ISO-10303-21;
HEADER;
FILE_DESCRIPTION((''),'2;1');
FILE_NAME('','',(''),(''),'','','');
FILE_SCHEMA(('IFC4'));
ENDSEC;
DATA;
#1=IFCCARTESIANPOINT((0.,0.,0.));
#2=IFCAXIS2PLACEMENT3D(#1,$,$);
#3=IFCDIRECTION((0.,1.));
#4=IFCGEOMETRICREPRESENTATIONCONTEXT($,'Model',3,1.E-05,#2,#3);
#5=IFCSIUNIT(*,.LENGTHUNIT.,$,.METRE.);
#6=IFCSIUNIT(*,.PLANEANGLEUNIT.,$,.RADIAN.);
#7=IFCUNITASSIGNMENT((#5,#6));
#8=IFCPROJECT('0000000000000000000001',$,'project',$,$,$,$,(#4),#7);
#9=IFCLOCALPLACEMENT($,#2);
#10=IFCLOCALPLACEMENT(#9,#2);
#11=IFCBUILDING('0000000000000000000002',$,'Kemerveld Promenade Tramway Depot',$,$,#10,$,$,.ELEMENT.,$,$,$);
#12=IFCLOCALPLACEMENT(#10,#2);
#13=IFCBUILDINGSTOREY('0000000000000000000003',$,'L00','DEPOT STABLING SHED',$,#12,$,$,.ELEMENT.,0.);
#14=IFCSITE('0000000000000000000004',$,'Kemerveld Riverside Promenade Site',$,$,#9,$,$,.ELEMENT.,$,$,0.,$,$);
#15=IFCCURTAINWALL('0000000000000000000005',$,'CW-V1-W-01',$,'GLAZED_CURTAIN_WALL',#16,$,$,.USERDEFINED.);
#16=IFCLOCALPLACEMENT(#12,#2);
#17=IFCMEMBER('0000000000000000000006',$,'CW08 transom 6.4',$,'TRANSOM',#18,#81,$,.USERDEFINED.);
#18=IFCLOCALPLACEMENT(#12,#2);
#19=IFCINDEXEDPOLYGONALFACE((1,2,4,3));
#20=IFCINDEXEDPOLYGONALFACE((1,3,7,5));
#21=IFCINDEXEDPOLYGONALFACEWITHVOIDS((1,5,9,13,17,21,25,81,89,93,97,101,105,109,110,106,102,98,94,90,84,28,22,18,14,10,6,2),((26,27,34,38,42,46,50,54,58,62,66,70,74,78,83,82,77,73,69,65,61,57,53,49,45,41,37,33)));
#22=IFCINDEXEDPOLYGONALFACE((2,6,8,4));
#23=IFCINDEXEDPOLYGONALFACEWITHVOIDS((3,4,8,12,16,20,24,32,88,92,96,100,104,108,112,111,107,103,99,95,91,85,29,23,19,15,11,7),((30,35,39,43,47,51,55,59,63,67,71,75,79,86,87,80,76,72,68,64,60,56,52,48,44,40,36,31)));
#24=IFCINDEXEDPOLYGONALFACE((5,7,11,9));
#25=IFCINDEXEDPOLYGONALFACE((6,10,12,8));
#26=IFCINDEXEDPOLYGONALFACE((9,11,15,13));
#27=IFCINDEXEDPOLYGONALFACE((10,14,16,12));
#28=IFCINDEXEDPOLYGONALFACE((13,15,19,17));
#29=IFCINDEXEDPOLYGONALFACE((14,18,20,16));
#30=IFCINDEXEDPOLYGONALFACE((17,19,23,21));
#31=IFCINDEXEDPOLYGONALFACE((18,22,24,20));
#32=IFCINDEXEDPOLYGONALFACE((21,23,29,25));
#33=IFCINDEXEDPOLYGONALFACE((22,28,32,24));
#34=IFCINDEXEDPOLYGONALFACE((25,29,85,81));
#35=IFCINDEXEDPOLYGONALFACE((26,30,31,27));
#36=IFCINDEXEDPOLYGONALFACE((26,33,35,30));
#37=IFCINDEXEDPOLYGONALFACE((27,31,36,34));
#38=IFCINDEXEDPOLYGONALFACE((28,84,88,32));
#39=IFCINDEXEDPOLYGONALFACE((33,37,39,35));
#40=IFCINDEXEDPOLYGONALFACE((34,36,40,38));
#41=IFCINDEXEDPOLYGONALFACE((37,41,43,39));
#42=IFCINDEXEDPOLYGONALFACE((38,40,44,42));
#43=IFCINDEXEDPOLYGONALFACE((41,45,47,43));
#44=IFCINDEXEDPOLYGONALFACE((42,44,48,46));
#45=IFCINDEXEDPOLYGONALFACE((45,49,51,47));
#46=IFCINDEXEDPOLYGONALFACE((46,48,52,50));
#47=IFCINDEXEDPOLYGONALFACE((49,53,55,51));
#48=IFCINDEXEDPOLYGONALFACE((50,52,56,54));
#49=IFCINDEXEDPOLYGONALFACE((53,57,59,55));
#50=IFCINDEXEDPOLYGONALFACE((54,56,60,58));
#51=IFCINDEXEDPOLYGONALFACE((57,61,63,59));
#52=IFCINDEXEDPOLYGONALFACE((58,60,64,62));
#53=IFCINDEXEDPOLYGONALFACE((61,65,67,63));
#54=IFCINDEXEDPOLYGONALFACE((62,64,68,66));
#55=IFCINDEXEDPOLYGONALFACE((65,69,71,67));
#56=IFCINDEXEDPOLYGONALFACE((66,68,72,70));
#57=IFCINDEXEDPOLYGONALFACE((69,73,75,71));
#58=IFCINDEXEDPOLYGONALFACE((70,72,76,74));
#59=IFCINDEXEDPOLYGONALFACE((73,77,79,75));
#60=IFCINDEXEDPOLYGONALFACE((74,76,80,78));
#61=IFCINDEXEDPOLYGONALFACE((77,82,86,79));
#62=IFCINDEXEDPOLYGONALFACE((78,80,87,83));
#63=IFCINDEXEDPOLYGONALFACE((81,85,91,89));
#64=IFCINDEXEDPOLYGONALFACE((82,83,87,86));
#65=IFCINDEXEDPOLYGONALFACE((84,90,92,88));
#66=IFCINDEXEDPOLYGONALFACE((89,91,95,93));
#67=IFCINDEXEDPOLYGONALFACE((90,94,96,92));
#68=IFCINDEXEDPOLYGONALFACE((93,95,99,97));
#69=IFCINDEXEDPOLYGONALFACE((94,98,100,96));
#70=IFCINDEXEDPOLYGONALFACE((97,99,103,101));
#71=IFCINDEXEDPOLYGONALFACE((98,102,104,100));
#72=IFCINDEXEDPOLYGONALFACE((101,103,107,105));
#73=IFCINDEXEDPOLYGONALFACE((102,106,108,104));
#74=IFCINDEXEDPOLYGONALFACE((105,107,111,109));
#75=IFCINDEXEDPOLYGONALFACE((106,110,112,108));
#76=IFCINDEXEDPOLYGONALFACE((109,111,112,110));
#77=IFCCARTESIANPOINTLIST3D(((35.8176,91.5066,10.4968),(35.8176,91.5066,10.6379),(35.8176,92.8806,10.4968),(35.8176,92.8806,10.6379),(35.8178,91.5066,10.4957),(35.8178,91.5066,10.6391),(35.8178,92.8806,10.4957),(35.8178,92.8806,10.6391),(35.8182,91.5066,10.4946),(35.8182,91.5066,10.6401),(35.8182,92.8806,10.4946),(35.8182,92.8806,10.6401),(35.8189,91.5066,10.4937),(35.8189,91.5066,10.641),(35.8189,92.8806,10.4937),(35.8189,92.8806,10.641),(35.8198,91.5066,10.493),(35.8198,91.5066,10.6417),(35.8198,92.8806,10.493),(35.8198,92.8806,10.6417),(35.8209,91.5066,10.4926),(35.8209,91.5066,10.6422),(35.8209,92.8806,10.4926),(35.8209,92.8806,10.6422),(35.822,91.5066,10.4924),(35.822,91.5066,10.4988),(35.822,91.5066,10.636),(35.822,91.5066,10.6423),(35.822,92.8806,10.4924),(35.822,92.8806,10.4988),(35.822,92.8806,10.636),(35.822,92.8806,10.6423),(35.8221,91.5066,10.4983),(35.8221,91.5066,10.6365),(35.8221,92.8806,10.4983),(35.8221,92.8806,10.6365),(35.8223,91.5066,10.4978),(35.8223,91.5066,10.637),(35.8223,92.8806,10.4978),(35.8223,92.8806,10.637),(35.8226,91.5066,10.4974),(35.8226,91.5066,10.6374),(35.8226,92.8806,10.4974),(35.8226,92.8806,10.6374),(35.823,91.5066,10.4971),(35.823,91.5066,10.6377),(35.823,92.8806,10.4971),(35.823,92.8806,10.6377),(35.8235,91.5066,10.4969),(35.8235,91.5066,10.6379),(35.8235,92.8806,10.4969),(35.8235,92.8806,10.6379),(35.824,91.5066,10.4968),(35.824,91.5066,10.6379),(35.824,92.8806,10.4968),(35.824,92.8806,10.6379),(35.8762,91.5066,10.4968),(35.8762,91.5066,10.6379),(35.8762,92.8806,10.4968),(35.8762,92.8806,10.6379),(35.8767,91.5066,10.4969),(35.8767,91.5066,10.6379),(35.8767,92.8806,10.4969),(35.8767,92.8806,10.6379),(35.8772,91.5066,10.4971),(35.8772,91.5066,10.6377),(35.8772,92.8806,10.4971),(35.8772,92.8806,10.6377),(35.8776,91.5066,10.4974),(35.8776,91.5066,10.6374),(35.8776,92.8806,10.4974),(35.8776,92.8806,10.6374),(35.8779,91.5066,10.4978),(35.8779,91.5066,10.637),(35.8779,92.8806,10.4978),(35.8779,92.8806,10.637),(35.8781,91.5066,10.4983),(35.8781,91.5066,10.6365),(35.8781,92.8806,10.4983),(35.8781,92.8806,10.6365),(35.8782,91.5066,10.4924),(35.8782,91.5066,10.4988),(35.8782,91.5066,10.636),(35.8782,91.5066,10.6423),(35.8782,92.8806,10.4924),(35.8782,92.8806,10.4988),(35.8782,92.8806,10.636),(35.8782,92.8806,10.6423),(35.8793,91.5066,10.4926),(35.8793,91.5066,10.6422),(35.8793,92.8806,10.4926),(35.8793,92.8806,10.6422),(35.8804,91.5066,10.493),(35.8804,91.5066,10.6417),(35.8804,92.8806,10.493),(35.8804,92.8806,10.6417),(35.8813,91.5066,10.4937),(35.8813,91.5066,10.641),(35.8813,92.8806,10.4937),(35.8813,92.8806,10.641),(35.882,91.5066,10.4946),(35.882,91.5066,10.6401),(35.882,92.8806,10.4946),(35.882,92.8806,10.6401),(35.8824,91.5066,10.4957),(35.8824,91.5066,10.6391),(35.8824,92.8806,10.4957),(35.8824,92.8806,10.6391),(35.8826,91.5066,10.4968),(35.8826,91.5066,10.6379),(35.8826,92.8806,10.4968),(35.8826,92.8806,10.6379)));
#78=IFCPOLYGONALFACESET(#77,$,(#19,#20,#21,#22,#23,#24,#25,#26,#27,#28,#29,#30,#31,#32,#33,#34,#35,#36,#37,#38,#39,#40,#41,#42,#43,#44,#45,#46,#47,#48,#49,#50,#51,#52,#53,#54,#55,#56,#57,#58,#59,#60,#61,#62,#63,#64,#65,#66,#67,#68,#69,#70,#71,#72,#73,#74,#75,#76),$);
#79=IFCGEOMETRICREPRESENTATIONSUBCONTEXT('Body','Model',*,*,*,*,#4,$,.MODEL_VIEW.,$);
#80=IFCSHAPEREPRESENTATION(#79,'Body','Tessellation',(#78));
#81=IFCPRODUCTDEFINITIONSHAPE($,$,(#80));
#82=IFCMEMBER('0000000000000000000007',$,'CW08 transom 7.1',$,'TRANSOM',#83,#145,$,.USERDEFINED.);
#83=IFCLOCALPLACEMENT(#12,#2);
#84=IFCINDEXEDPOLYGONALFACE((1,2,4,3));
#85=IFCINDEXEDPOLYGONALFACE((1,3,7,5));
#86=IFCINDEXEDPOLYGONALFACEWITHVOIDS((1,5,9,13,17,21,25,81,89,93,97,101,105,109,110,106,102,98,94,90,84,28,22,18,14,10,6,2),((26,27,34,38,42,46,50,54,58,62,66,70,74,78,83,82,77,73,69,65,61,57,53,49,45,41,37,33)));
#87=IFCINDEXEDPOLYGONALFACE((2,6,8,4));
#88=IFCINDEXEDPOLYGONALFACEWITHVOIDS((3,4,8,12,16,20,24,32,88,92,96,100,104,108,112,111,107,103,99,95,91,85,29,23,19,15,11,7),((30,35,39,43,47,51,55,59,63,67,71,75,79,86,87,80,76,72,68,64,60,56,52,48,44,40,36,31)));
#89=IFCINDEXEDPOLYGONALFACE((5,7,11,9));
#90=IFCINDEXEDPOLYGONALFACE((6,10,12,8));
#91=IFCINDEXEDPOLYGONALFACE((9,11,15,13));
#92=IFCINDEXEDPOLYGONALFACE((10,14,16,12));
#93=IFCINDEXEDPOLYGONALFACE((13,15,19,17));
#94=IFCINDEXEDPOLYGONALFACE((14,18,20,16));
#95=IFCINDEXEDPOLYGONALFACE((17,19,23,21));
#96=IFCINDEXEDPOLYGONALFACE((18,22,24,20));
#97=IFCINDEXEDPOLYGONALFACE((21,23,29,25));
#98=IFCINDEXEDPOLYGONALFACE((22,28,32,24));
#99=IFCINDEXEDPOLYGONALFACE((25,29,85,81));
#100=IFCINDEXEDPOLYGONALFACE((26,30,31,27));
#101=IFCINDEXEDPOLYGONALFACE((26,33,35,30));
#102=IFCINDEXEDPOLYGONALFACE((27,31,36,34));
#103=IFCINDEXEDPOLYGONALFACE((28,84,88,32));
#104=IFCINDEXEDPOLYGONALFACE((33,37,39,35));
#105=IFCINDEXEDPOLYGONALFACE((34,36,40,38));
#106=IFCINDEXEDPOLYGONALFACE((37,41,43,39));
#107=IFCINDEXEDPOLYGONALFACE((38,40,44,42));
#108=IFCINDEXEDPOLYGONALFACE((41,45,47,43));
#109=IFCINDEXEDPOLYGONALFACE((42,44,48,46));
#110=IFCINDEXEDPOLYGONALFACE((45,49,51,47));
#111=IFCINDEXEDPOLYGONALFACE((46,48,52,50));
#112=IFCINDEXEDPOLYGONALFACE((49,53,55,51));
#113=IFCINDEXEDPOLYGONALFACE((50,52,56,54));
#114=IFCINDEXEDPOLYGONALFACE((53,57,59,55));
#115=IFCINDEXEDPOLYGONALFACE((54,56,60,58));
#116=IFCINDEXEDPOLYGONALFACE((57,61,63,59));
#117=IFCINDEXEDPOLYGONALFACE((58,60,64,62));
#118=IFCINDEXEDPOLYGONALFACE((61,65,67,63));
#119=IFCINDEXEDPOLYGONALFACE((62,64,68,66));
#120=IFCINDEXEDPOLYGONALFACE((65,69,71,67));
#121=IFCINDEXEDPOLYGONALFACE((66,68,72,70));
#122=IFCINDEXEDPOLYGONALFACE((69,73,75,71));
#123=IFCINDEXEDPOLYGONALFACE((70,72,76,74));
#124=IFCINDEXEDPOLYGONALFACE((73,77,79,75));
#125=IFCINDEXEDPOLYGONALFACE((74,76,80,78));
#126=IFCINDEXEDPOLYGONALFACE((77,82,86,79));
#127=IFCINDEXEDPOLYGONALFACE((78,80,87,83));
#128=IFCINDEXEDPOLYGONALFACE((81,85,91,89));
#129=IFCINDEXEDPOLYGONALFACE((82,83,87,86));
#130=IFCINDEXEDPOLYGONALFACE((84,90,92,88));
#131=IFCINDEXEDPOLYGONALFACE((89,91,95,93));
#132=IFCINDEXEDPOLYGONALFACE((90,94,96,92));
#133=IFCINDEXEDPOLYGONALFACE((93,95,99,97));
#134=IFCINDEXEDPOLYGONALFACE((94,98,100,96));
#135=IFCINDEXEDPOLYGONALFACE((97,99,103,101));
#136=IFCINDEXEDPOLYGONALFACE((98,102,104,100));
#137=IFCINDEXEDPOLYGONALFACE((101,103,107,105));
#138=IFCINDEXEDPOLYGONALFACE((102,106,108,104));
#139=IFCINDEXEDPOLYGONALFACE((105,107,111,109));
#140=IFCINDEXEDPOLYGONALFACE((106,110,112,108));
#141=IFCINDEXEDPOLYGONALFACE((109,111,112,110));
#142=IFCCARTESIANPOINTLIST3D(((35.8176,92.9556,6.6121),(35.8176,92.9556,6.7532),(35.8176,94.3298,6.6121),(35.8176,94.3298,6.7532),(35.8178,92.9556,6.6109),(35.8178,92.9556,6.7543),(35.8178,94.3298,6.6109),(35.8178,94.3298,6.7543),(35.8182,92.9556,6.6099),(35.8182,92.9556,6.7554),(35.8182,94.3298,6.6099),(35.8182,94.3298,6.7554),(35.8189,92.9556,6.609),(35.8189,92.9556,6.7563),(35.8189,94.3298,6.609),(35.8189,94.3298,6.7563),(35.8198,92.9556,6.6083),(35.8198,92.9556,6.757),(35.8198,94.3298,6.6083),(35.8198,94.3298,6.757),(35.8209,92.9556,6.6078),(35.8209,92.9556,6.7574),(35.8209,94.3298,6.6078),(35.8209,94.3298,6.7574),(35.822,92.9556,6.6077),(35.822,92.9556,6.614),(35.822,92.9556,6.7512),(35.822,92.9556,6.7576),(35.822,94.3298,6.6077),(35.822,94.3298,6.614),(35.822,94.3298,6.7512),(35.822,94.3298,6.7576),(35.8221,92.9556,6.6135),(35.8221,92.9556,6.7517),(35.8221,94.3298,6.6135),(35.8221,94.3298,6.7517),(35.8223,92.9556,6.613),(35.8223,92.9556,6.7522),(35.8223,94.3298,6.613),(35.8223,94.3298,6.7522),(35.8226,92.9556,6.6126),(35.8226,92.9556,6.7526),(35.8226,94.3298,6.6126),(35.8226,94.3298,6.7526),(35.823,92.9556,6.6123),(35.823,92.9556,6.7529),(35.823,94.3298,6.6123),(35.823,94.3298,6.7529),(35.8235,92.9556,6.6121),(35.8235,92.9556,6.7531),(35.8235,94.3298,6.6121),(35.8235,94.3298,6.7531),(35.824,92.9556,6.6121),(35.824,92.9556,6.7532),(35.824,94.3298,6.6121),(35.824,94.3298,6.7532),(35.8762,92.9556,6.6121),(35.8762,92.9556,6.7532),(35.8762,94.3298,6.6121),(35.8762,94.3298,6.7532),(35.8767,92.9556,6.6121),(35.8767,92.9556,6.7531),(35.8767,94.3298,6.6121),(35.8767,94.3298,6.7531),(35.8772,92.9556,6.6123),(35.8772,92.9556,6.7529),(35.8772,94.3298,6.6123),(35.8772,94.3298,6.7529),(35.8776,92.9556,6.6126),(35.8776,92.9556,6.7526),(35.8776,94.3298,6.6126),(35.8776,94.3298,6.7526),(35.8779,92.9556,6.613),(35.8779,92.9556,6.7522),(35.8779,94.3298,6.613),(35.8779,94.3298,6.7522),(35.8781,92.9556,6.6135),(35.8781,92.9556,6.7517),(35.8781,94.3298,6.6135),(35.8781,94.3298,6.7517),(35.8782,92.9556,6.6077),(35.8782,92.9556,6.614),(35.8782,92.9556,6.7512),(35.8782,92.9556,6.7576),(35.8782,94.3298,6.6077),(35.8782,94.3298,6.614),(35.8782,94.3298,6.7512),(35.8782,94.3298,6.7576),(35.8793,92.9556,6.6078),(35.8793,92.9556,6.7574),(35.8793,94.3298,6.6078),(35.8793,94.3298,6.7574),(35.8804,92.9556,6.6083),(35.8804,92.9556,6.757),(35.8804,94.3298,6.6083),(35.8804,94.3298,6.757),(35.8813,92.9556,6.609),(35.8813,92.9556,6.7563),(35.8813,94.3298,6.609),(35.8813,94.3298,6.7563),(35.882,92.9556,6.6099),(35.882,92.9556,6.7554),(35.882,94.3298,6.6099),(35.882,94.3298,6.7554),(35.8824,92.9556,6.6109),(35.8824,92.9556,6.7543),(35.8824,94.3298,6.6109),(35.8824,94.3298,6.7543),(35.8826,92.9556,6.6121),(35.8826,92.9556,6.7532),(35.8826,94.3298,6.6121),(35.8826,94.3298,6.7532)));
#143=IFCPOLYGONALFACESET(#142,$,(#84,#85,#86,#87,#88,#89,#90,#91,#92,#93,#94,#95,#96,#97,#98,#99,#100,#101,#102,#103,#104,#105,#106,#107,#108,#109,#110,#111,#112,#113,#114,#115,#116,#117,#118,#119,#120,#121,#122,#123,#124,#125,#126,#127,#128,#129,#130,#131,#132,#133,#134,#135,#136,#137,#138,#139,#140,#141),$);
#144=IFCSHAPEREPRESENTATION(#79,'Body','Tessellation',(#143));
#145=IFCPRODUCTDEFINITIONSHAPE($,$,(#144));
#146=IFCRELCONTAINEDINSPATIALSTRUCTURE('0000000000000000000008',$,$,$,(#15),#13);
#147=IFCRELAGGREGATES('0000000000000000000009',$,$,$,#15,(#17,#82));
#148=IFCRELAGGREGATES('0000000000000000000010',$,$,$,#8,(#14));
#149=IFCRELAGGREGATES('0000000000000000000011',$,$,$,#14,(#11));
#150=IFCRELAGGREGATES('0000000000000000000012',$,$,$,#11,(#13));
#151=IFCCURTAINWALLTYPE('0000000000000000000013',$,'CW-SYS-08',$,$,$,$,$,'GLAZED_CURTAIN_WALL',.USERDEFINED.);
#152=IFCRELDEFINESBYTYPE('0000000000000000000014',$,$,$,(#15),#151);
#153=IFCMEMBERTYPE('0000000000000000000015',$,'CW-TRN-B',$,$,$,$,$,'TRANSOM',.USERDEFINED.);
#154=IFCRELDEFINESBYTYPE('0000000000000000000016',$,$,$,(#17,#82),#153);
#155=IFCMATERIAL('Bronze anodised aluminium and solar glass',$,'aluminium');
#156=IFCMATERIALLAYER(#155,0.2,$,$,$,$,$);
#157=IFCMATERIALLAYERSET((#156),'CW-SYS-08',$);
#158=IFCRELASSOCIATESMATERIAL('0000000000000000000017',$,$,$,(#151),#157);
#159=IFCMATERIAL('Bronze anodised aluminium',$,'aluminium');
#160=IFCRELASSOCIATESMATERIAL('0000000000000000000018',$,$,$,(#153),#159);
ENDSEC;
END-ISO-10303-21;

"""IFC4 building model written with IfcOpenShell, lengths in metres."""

from ifc_helpers import new_model, si_unit, direction, frame, origin, origin_2d, place, context, subcontext, project, spatial, hollow_rectangle, extrude, material, layer, layer_set, material_profile, profile_set, type_object, element, aggregate, save


model = new_model("IFC4")

# Units and contexts
model_context = context("Model", 3, precision=1e-05, world=origin(), true_north=direction((0.0, 1.0)))
body_context = subcontext(model_context, "Body", "Model", "MODEL_VIEW")
ifc_project = project(units=[si_unit("LENGTHUNIT", "METRE"), si_unit("PLANEANGLEUNIT", "RADIAN")], contexts=[model_context])

# Site, building, storey
site_placement = place(None, origin())
site = spatial("IfcSite", under=ifc_project, at=site_placement, Name="Kemerveld Riverside Promenade Site", CompositionType="ELEMENT", RefElevation=0.0)
building_placement = place(site_placement, origin())
building = spatial("IfcBuilding", under=site, at=building_placement, Name="Kemerveld Promenade Tramway Depot", CompositionType="ELEMENT")
storey_placement = place(building_placement, origin())
storey = spatial("IfcBuildingStorey", under=building, at=storey_placement, Name="L00", Description="DEPOT STABLING SHED", CompositionType="ELEMENT", Elevation=0.0)

# Curtain wall, members
ifc_material_1 = material(Name="Bronze anodised aluminium and solar glass", Category="aluminium")
ifc_layer_1 = layer(ifc_material_1, 0.2)
ifc_layer_set_1 = layer_set([ifc_layer_1], Name="CW-SYS-08")
curtain_wall_type = type_object("IfcCurtainWallType", Name="CW-SYS-08", ElementType="GLAZED_CURTAIN_WALL", PredefinedType="USERDEFINED", material=ifc_layer_set_1)
curtain_wall_placement = place(storey_placement, origin())
curtain_wall = element("IfcCurtainWall", 1, at=curtain_wall_placement, inside=storey, type_object=curtain_wall_type, Name="CW-V1-W-01", ObjectType="GLAZED_CURTAIN_WALL", PredefinedType="USERDEFINED")
ifc_material_2 = material(Name="Bronze anodised aluminium", Category="aluminium")
ifc_material_profile_1 = material_profile(ifc_material_2, hollow_rectangle(XDim=0.0649, YDim=0.1499, WallThickness=0.0044, InnerFilletRadius=0.002, OuterFilletRadius=0.0044, at=origin_2d()), Name="CW-TRN-150x65")
ifc_profile_set_1 = profile_set([ifc_material_profile_1], Name="Bronze anodised aluminium")
member_type_1 = type_object("IfcMemberType", Name="CW-TRN-B", ElementType="TRANSOM", PredefinedType="USERDEFINED", material=ifc_profile_set_1)
member_1_placement = place(storey_placement, frame((35.8501, 91.5066, 10.5674), z_axis=(0.0, 1.0, 0.0), x_axis=(-1.0, 0.0, 0.0)))
member_1 = element("IfcMember", 2, at=member_1_placement, type_object=member_type_1, Name="CW08 transom 6.4", ObjectType="TRANSOM", PredefinedType="USERDEFINED", context=body_context, shape_type="SweptSolid", body=[
    extrude(hollow_rectangle(XDim=0.0649, YDim=0.1499, WallThickness=0.0044, InnerFilletRadius=0.002, OuterFilletRadius=0.0044, at=origin_2d()), origin(), (0.0, 0.0, 1.0), 1.374),
])
member_2_placement = place(storey_placement, frame((35.8501, 92.9556, 6.6826), z_axis=(0.0, 1.0, 0.0), x_axis=(-1.0, 0.0, 0.0)))
member_2 = element("IfcMember", 3, at=member_2_placement, type_object=member_type_1, Name="CW08 transom 7.1", ObjectType="TRANSOM", PredefinedType="USERDEFINED", context=body_context, shape_type="SweptSolid", body=[
    extrude(hollow_rectangle(XDim=0.0649, YDim=0.1499, WallThickness=0.0044, InnerFilletRadius=0.002, OuterFilletRadius=0.0044, at=origin_2d()), origin(), (0.0, 0.0, 1.0), 1.3743),
])
aggregate(curtain_wall, [member_1, member_2])

save(model, "model.ifc")
